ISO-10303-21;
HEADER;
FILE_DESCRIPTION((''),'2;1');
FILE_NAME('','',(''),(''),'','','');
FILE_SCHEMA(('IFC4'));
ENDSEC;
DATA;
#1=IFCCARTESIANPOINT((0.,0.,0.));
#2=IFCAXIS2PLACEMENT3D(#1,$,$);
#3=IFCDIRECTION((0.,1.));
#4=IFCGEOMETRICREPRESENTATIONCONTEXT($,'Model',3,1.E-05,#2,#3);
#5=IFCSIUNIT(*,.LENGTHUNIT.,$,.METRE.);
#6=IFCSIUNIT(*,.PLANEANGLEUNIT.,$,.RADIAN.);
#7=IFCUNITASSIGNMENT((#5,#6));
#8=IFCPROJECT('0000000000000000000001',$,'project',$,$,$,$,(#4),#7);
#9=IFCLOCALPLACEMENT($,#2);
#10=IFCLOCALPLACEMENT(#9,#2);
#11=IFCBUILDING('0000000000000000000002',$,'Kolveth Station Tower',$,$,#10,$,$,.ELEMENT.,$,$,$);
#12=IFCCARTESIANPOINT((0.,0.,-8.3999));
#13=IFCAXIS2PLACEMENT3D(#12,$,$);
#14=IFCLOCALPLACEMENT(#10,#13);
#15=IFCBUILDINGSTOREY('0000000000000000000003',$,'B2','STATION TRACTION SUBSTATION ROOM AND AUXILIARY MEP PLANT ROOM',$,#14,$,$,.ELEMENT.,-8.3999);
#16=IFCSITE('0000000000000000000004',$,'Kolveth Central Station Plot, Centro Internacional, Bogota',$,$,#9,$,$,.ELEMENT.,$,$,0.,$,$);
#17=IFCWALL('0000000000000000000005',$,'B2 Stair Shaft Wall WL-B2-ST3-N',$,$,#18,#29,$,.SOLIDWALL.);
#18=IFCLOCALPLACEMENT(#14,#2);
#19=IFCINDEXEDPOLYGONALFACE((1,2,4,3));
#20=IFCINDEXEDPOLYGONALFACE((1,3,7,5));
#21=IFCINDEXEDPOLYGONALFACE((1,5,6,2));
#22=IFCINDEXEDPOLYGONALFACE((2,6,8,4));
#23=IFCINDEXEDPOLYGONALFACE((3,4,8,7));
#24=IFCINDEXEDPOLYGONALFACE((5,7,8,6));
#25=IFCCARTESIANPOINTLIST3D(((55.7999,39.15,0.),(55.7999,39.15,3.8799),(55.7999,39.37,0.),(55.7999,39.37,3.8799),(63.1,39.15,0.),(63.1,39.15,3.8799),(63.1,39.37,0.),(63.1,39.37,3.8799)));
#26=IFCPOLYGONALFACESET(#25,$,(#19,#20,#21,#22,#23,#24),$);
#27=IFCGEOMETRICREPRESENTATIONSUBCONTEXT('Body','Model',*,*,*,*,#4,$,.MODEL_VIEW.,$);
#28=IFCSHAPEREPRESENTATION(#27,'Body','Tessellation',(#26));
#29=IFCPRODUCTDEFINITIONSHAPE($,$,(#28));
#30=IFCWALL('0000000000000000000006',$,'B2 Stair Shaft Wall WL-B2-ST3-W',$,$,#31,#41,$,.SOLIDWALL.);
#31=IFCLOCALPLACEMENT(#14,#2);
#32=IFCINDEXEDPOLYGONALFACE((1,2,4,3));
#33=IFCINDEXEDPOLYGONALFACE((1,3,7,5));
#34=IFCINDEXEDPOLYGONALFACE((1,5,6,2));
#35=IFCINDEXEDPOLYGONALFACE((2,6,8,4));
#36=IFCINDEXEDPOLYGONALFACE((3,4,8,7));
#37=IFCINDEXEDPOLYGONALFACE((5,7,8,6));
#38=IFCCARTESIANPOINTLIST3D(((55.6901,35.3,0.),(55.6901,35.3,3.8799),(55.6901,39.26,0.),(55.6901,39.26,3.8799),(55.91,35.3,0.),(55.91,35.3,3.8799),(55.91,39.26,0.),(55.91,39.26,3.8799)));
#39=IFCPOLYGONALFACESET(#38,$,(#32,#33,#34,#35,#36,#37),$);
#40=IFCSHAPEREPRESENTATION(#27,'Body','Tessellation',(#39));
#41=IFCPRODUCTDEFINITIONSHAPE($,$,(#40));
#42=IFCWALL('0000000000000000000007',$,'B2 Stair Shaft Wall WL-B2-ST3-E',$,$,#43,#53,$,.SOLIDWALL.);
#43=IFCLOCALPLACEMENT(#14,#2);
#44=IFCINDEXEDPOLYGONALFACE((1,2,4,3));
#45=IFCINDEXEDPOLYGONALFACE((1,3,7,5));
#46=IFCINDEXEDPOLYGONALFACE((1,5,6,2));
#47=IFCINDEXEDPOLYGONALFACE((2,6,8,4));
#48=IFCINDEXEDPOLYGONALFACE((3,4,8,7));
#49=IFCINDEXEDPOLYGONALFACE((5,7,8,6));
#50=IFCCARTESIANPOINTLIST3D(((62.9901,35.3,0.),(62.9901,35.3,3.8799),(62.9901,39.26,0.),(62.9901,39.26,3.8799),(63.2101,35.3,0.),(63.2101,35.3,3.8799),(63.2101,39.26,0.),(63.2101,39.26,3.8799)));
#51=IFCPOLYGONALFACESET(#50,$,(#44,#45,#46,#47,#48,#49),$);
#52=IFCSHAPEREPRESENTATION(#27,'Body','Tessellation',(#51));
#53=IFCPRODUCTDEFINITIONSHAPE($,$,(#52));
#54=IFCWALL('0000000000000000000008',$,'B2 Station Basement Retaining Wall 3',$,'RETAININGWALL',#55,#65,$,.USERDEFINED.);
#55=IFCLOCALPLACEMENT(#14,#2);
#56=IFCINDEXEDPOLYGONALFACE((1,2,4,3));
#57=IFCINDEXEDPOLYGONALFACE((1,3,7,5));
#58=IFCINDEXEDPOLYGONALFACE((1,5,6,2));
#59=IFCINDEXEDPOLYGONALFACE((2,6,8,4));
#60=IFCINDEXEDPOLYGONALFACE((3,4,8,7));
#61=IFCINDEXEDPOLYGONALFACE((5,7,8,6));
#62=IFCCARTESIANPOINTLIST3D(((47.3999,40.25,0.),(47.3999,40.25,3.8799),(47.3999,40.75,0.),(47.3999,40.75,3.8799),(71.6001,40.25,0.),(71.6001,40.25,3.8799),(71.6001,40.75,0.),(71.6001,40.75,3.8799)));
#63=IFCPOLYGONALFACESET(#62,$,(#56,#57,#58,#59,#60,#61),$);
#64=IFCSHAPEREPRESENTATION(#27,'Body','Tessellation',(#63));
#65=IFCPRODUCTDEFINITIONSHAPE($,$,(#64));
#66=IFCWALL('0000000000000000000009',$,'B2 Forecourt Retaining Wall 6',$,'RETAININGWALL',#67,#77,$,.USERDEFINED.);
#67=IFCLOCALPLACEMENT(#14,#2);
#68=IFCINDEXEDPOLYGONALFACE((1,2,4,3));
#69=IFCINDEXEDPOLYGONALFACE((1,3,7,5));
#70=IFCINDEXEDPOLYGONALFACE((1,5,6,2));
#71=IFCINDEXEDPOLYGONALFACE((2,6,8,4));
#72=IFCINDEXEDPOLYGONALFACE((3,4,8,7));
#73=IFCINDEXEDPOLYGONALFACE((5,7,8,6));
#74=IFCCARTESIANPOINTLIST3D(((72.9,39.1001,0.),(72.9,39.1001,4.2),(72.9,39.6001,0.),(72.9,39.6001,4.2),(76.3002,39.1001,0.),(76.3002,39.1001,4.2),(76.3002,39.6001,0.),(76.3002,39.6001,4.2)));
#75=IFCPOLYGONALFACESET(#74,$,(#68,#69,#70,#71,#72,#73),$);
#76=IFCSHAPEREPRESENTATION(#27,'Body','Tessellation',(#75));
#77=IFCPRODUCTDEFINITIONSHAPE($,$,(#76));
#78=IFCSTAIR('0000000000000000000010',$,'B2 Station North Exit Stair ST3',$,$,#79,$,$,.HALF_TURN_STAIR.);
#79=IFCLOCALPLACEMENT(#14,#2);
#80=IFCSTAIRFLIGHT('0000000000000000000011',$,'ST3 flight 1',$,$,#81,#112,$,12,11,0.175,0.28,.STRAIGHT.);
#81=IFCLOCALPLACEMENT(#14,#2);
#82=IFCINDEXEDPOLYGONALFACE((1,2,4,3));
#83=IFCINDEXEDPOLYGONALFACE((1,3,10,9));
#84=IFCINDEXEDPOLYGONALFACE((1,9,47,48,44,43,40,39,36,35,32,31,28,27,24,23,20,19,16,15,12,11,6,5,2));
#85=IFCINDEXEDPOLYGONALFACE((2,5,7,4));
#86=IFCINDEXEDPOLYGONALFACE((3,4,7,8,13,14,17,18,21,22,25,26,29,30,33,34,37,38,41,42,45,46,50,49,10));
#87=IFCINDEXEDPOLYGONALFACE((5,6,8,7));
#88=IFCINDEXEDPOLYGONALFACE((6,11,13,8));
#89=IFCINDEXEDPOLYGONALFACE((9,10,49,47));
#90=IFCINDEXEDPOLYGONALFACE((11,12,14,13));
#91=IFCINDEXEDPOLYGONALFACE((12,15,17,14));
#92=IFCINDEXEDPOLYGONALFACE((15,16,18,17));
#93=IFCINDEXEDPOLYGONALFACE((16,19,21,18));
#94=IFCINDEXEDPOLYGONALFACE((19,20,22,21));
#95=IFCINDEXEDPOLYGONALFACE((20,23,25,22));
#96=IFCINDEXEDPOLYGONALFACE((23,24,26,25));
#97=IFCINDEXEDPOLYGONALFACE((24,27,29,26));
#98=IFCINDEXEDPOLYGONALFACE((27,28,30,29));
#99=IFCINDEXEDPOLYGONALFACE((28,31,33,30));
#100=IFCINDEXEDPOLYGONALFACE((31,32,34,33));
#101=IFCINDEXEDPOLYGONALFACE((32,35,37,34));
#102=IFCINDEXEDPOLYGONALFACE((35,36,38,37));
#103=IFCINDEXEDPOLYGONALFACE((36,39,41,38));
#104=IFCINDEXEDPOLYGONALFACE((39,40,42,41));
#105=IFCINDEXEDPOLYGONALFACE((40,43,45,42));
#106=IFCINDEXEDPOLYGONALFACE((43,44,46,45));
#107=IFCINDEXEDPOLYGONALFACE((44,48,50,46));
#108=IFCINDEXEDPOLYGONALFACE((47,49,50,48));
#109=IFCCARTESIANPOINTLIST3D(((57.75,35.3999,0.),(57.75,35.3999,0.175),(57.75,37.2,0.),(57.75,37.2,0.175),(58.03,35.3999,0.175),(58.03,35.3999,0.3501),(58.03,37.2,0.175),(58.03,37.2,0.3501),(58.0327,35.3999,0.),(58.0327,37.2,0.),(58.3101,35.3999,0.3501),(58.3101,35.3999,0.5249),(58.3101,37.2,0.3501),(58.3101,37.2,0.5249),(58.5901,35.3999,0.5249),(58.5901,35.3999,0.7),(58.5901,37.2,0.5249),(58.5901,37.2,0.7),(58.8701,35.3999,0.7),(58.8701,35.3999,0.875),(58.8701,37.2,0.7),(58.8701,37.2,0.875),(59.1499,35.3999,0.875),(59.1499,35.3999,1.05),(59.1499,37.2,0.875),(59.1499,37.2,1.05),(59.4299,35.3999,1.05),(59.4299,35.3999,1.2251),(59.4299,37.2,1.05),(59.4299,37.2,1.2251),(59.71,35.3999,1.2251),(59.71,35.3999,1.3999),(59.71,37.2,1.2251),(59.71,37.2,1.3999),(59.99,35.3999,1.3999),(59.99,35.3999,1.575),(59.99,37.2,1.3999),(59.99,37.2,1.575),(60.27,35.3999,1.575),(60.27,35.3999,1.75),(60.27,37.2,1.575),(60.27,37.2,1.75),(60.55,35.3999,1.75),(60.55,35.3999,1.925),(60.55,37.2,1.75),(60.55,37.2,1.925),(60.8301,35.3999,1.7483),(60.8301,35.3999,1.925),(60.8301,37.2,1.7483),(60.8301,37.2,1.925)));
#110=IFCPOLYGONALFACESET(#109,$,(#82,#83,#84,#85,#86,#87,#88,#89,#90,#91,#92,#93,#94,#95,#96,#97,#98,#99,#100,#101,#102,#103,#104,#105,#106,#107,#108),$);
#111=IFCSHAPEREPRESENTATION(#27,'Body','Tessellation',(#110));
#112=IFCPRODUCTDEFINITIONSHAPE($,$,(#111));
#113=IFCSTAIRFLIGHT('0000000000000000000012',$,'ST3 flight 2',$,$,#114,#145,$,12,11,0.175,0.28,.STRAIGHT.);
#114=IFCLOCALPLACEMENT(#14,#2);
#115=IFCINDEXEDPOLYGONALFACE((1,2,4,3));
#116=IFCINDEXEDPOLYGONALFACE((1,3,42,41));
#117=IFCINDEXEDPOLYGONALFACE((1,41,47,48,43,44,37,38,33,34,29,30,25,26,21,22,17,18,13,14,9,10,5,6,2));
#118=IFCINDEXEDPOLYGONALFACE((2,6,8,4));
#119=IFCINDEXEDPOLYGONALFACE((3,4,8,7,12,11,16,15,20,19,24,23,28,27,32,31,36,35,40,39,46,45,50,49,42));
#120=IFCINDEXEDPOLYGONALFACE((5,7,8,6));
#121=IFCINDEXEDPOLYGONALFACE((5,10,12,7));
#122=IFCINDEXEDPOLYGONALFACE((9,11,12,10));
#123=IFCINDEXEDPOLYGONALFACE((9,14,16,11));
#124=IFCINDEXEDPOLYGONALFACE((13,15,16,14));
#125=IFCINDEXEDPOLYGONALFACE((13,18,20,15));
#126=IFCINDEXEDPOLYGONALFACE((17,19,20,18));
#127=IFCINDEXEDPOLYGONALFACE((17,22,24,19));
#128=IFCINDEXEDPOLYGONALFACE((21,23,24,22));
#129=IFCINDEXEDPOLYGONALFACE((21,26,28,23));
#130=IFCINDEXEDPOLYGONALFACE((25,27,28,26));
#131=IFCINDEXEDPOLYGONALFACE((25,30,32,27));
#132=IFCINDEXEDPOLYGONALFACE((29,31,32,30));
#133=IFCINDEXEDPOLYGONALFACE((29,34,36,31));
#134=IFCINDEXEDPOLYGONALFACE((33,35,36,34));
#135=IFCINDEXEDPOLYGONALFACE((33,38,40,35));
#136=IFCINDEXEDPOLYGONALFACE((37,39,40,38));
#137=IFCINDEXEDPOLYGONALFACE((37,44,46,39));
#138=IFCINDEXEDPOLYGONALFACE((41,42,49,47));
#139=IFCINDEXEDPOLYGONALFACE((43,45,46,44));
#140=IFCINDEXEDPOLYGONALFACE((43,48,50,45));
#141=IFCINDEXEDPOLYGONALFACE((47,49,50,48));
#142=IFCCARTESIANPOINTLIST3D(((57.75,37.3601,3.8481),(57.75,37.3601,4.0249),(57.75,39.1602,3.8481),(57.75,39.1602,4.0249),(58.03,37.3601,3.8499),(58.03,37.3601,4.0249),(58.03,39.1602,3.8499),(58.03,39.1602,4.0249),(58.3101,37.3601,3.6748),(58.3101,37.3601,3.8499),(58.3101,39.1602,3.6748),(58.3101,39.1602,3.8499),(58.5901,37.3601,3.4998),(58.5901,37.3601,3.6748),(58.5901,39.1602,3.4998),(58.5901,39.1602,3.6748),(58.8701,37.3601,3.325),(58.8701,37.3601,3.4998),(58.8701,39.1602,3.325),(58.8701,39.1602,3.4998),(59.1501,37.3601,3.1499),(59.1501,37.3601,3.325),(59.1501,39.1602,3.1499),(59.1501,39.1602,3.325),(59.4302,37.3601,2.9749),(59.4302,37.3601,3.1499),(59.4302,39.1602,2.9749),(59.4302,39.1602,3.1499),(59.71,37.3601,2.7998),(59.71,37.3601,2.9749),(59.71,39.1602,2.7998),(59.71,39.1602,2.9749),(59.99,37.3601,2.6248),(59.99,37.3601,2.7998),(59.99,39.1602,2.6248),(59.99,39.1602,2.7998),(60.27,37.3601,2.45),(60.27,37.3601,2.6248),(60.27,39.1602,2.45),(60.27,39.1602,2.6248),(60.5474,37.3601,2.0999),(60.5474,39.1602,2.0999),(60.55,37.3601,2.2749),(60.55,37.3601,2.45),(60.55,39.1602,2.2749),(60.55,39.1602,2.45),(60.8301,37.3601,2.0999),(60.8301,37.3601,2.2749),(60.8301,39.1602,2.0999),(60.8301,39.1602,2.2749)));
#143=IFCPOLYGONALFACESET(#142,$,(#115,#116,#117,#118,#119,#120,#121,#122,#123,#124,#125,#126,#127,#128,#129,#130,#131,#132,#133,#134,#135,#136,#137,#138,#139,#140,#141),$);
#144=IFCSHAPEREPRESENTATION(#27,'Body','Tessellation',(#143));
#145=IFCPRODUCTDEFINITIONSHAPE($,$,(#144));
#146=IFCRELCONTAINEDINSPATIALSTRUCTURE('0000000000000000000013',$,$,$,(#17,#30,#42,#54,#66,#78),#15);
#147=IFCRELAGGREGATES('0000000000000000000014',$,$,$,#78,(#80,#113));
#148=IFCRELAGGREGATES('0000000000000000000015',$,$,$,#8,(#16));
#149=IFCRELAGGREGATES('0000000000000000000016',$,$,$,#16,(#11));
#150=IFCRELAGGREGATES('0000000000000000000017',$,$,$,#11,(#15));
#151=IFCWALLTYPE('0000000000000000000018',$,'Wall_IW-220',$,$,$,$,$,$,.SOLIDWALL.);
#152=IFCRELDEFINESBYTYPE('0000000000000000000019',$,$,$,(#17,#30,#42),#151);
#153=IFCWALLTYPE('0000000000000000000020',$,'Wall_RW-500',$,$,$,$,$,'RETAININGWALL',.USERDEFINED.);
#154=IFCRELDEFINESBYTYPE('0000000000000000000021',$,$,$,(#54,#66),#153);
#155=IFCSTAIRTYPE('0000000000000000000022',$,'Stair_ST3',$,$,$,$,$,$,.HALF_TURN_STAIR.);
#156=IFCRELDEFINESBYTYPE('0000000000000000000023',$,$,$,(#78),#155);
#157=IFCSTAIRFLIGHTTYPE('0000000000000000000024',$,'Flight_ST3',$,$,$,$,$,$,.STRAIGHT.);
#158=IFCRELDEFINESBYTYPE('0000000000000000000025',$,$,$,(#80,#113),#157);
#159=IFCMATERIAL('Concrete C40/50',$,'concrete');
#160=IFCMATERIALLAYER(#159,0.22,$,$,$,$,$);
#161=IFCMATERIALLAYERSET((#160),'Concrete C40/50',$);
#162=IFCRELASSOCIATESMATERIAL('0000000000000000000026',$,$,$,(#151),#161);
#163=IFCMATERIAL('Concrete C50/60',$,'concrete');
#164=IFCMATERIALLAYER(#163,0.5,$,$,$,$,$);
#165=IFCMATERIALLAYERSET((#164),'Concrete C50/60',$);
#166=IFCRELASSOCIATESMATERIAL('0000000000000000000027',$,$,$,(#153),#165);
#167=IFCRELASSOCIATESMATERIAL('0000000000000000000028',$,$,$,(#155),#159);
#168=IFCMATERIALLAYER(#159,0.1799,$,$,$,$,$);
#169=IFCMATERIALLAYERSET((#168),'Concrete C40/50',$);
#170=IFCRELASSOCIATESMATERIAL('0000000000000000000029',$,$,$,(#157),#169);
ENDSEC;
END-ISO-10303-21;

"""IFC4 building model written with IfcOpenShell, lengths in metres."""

from ifc_helpers import new_model, si_unit, direction, frame, frame_2d, origin, place, context, subcontext, project, spatial, polyline, rectangle, outline, extrude, material, layer, layer_set, type_object, element, aggregate, save


model = new_model("IFC4")

# Units and contexts
model_context = context("Model", 3, precision=1e-05, world=origin(), true_north=direction((0.0, 1.0)))
body_context = subcontext(model_context, "Body", "Model", "MODEL_VIEW")
ifc_project = project(units=[si_unit("LENGTHUNIT", "METRE"), si_unit("PLANEANGLEUNIT", "RADIAN")], contexts=[model_context])

# Site, building, storey
site_placement = place(None, origin())
site = spatial("IfcSite", under=ifc_project, at=site_placement, Name="Kolveth Central Station Plot, Centro Internacional, Bogota", CompositionType="ELEMENT", RefElevation=0.0)
building_placement = place(site_placement, origin())
building = spatial("IfcBuilding", under=site, at=building_placement, Name="Kolveth Station Tower", CompositionType="ELEMENT")
storey_placement = place(building_placement, frame((0.0, 0.0, -8.3999)))
storey = spatial("IfcBuildingStorey", under=building, at=storey_placement, Name="B2", Description="STATION TRACTION SUBSTATION ROOM AND AUXILIARY MEP PLANT ROOM", CompositionType="ELEMENT", Elevation=-8.3999)

# Shared definitions
ifc_material_1 = material(Name="Concrete C40/50", Category="concrete")
ifc_layer_1 = layer(ifc_material_1, 0.22)
ifc_layer_set_1 = layer_set([ifc_layer_1], Name="Concrete C40/50")
wall_type_1 = type_object("IfcWallType", Name="Wall_IW-220", PredefinedType="SOLIDWALL", material=ifc_layer_set_1)

# Walls
wall_1_placement = place(storey_placement, frame((55.8, 39.26, 0.0), z_axis=(0.0, 0.0, 1.0), x_axis=(1.0, 0.0, 0.0)))
element("IfcWall", 1, at=wall_1_placement, inside=storey, type_object=wall_type_1, Name="B2 Stair Shaft Wall WL-B2-ST3-N", PredefinedType="SOLIDWALL", context=body_context, shape_type="SweptSolid", body=[
    extrude(rectangle(XDim=7.3, YDim=0.22, at=frame_2d((3.6499, 0.0))), origin(), (0.0, 0.0, 1.0), 3.8799),
])
for number, where, z_axis, x_axis, name in (
    (2, (55.8, 35.3, 0.0), (0.0, 0.0, 1.0), (0.0, 1.0, 0.0), "B2 Stair Shaft Wall WL-B2-ST3-W"),
    (3, (63.1001, 35.3, 0.0), (0.0, 0.0, 1.0), (0.0, 1.0, 0.0), "B2 Stair Shaft Wall WL-B2-ST3-E"),
):
    element("IfcWall", number, at=place(storey_placement, frame(where, z_axis=z_axis, x_axis=x_axis)), inside=storey, type_object=wall_type_1, Name=name, PredefinedType="SOLIDWALL", context=body_context, shape_type="SweptSolid", body=[
        extrude(rectangle(XDim=3.96, YDim=0.22, at=frame_2d((1.98, 0.0))), origin(), (0.0, 0.0, 1.0), 3.8799),
    ])
ifc_material_2 = material(Name="Concrete C50/60", Category="concrete")
ifc_layer_2 = layer(ifc_material_2, 0.5)
ifc_layer_set_2 = layer_set([ifc_layer_2], Name="Concrete C50/60")
wall_type_2 = type_object("IfcWallType", Name="Wall_RW-500", ElementType="RETAININGWALL", PredefinedType="USERDEFINED", material=ifc_layer_set_2)
wall_2_placement = place(storey_placement, frame((71.6001, 40.5, 0.0), z_axis=(0.0, 0.0, 1.0), x_axis=(-1.0, 0.0, 0.0)))
element("IfcWall", 4, at=wall_2_placement, inside=storey, type_object=wall_type_2, Name="B2 Station Basement Retaining Wall 3", ObjectType="RETAININGWALL", PredefinedType="USERDEFINED", context=body_context, shape_type="SweptSolid", body=[
    extrude(rectangle(XDim=24.2002, YDim=0.5, at=frame_2d((12.1001, 0.0))), origin(), (0.0, 0.0, 1.0), 3.8799),
])
wall_3_placement = place(storey_placement, frame((72.8999, 39.3501, 0.0), z_axis=(0.0, 0.0, 1.0), x_axis=(1.0, 0.0, 0.0)))
element("IfcWall", 5, at=wall_3_placement, inside=storey, type_object=wall_type_2, Name="B2 Forecourt Retaining Wall 6", ObjectType="RETAININGWALL", PredefinedType="USERDEFINED", context=body_context, shape_type="SweptSolid", body=[
    extrude(rectangle(XDim=3.4001, YDim=0.5, at=frame_2d((1.7002, 0.0))), origin(), (0.0, 0.0, 1.0), 4.2),
])

# Stair, stair flights
stair_type = type_object("IfcStairType", Name="Stair_ST3", PredefinedType="HALF_TURN_STAIR", material=ifc_material_1)
stair_placement = place(storey_placement, origin())
stair = element("IfcStair", 6, at=stair_placement, inside=storey, type_object=stair_type, Name="B2 Station North Exit Stair ST3", PredefinedType="HALF_TURN_STAIR")
ifc_layer_3 = layer(ifc_material_1, 0.1799)
ifc_layer_set_3 = layer_set([ifc_layer_3], Name="Concrete C40/50")
stair_flight_type = type_object("IfcStairFlightType", Name="Flight_ST3", PredefinedType="STRAIGHT", material=ifc_layer_set_3)
stair_flight_1_placement = place(storey_placement, frame((57.75, 36.3, 0.0), z_axis=(0.0, 0.0, 1.0), x_axis=(1.0, 0.0, 0.0)))
stair_flight_1 = element("IfcStairFlight", 7, at=stair_flight_1_placement, type_object=stair_flight_type, Name="ST3 flight 1", NumberOfRisers=12, NumberOfTreads=11, PredefinedType="STRAIGHT", RiserHeight=0.175, TreadLength=0.28, context=body_context, shape_type="SweptSolid", body=[
    extrude(outline(polyline([(0.0, 0.0), (0.0, 0.175), (0.28, 0.175), (0.28, 0.3501), (0.5601, 0.3501), (0.5601, 0.5249), (0.8401, 0.5249), (0.8401, 0.7), (1.1201, 0.7), (1.1201, 0.875), (1.3999, 0.875), (1.3999, 1.05), (1.6799, 1.05), (1.6799, 1.2251), (1.96, 1.2251), (1.96, 1.3999), (2.24, 1.3999), (2.24, 1.575), (2.52, 1.575), (2.52, 1.75), (2.8, 1.75), (2.8, 1.925), (3.0801, 1.925), (3.0801, 2.1001), (3.0801, 1.7483), (0.2827, 0.0), (0.0, 0.0)])), frame((0.0, 0.8999, 0.0), z_axis=(0.0, -1.0, 0.0), x_axis=(1.0, 0.0, 0.0)), (0.0, 0.0, 1.0), 1.8),
])
stair_flight_2_placement = place(storey_placement, frame((60.8301, 38.26, 2.0999), z_axis=(0.0, 0.0, 1.0), x_axis=(-1.0, 0.0, 0.0)))
stair_flight_2 = element("IfcStairFlight", 8, at=stair_flight_2_placement, type_object=stair_flight_type, Name="ST3 flight 2", NumberOfRisers=12, NumberOfTreads=11, PredefinedType="STRAIGHT", RiserHeight=0.175, TreadLength=0.28, context=body_context, shape_type="SweptSolid", body=[
    extrude(outline(polyline([(0.0, 0.0), (0.0, 0.175), (0.28, 0.175), (0.28, 0.3501), (0.5601, 0.3501), (0.5601, 0.5249), (0.8401, 0.5249), (0.8401, 0.7), (1.1201, 0.7), (1.1201, 0.875), (1.3999, 0.875), (1.3999, 1.05), (1.6799, 1.05), (1.6799, 1.2251), (1.96, 1.2251), (1.96, 1.3999), (2.24, 1.3999), (2.24, 1.575), (2.52, 1.575), (2.52, 1.75), (2.8, 1.75), (2.8, 1.925), (3.0801, 1.925), (3.0801, 2.1001), (3.0801, 1.7483), (0.2827, 0.0), (0.0, 0.0)])), frame((0.0, 0.8999, 0.0), z_axis=(0.0, -1.0, 0.0), x_axis=(1.0, 0.0, 0.0)), (0.0, 0.0, 1.0), 1.8),
])
aggregate(stair, [stair_flight_1, stair_flight_2])

save(model, "model.ifc")
